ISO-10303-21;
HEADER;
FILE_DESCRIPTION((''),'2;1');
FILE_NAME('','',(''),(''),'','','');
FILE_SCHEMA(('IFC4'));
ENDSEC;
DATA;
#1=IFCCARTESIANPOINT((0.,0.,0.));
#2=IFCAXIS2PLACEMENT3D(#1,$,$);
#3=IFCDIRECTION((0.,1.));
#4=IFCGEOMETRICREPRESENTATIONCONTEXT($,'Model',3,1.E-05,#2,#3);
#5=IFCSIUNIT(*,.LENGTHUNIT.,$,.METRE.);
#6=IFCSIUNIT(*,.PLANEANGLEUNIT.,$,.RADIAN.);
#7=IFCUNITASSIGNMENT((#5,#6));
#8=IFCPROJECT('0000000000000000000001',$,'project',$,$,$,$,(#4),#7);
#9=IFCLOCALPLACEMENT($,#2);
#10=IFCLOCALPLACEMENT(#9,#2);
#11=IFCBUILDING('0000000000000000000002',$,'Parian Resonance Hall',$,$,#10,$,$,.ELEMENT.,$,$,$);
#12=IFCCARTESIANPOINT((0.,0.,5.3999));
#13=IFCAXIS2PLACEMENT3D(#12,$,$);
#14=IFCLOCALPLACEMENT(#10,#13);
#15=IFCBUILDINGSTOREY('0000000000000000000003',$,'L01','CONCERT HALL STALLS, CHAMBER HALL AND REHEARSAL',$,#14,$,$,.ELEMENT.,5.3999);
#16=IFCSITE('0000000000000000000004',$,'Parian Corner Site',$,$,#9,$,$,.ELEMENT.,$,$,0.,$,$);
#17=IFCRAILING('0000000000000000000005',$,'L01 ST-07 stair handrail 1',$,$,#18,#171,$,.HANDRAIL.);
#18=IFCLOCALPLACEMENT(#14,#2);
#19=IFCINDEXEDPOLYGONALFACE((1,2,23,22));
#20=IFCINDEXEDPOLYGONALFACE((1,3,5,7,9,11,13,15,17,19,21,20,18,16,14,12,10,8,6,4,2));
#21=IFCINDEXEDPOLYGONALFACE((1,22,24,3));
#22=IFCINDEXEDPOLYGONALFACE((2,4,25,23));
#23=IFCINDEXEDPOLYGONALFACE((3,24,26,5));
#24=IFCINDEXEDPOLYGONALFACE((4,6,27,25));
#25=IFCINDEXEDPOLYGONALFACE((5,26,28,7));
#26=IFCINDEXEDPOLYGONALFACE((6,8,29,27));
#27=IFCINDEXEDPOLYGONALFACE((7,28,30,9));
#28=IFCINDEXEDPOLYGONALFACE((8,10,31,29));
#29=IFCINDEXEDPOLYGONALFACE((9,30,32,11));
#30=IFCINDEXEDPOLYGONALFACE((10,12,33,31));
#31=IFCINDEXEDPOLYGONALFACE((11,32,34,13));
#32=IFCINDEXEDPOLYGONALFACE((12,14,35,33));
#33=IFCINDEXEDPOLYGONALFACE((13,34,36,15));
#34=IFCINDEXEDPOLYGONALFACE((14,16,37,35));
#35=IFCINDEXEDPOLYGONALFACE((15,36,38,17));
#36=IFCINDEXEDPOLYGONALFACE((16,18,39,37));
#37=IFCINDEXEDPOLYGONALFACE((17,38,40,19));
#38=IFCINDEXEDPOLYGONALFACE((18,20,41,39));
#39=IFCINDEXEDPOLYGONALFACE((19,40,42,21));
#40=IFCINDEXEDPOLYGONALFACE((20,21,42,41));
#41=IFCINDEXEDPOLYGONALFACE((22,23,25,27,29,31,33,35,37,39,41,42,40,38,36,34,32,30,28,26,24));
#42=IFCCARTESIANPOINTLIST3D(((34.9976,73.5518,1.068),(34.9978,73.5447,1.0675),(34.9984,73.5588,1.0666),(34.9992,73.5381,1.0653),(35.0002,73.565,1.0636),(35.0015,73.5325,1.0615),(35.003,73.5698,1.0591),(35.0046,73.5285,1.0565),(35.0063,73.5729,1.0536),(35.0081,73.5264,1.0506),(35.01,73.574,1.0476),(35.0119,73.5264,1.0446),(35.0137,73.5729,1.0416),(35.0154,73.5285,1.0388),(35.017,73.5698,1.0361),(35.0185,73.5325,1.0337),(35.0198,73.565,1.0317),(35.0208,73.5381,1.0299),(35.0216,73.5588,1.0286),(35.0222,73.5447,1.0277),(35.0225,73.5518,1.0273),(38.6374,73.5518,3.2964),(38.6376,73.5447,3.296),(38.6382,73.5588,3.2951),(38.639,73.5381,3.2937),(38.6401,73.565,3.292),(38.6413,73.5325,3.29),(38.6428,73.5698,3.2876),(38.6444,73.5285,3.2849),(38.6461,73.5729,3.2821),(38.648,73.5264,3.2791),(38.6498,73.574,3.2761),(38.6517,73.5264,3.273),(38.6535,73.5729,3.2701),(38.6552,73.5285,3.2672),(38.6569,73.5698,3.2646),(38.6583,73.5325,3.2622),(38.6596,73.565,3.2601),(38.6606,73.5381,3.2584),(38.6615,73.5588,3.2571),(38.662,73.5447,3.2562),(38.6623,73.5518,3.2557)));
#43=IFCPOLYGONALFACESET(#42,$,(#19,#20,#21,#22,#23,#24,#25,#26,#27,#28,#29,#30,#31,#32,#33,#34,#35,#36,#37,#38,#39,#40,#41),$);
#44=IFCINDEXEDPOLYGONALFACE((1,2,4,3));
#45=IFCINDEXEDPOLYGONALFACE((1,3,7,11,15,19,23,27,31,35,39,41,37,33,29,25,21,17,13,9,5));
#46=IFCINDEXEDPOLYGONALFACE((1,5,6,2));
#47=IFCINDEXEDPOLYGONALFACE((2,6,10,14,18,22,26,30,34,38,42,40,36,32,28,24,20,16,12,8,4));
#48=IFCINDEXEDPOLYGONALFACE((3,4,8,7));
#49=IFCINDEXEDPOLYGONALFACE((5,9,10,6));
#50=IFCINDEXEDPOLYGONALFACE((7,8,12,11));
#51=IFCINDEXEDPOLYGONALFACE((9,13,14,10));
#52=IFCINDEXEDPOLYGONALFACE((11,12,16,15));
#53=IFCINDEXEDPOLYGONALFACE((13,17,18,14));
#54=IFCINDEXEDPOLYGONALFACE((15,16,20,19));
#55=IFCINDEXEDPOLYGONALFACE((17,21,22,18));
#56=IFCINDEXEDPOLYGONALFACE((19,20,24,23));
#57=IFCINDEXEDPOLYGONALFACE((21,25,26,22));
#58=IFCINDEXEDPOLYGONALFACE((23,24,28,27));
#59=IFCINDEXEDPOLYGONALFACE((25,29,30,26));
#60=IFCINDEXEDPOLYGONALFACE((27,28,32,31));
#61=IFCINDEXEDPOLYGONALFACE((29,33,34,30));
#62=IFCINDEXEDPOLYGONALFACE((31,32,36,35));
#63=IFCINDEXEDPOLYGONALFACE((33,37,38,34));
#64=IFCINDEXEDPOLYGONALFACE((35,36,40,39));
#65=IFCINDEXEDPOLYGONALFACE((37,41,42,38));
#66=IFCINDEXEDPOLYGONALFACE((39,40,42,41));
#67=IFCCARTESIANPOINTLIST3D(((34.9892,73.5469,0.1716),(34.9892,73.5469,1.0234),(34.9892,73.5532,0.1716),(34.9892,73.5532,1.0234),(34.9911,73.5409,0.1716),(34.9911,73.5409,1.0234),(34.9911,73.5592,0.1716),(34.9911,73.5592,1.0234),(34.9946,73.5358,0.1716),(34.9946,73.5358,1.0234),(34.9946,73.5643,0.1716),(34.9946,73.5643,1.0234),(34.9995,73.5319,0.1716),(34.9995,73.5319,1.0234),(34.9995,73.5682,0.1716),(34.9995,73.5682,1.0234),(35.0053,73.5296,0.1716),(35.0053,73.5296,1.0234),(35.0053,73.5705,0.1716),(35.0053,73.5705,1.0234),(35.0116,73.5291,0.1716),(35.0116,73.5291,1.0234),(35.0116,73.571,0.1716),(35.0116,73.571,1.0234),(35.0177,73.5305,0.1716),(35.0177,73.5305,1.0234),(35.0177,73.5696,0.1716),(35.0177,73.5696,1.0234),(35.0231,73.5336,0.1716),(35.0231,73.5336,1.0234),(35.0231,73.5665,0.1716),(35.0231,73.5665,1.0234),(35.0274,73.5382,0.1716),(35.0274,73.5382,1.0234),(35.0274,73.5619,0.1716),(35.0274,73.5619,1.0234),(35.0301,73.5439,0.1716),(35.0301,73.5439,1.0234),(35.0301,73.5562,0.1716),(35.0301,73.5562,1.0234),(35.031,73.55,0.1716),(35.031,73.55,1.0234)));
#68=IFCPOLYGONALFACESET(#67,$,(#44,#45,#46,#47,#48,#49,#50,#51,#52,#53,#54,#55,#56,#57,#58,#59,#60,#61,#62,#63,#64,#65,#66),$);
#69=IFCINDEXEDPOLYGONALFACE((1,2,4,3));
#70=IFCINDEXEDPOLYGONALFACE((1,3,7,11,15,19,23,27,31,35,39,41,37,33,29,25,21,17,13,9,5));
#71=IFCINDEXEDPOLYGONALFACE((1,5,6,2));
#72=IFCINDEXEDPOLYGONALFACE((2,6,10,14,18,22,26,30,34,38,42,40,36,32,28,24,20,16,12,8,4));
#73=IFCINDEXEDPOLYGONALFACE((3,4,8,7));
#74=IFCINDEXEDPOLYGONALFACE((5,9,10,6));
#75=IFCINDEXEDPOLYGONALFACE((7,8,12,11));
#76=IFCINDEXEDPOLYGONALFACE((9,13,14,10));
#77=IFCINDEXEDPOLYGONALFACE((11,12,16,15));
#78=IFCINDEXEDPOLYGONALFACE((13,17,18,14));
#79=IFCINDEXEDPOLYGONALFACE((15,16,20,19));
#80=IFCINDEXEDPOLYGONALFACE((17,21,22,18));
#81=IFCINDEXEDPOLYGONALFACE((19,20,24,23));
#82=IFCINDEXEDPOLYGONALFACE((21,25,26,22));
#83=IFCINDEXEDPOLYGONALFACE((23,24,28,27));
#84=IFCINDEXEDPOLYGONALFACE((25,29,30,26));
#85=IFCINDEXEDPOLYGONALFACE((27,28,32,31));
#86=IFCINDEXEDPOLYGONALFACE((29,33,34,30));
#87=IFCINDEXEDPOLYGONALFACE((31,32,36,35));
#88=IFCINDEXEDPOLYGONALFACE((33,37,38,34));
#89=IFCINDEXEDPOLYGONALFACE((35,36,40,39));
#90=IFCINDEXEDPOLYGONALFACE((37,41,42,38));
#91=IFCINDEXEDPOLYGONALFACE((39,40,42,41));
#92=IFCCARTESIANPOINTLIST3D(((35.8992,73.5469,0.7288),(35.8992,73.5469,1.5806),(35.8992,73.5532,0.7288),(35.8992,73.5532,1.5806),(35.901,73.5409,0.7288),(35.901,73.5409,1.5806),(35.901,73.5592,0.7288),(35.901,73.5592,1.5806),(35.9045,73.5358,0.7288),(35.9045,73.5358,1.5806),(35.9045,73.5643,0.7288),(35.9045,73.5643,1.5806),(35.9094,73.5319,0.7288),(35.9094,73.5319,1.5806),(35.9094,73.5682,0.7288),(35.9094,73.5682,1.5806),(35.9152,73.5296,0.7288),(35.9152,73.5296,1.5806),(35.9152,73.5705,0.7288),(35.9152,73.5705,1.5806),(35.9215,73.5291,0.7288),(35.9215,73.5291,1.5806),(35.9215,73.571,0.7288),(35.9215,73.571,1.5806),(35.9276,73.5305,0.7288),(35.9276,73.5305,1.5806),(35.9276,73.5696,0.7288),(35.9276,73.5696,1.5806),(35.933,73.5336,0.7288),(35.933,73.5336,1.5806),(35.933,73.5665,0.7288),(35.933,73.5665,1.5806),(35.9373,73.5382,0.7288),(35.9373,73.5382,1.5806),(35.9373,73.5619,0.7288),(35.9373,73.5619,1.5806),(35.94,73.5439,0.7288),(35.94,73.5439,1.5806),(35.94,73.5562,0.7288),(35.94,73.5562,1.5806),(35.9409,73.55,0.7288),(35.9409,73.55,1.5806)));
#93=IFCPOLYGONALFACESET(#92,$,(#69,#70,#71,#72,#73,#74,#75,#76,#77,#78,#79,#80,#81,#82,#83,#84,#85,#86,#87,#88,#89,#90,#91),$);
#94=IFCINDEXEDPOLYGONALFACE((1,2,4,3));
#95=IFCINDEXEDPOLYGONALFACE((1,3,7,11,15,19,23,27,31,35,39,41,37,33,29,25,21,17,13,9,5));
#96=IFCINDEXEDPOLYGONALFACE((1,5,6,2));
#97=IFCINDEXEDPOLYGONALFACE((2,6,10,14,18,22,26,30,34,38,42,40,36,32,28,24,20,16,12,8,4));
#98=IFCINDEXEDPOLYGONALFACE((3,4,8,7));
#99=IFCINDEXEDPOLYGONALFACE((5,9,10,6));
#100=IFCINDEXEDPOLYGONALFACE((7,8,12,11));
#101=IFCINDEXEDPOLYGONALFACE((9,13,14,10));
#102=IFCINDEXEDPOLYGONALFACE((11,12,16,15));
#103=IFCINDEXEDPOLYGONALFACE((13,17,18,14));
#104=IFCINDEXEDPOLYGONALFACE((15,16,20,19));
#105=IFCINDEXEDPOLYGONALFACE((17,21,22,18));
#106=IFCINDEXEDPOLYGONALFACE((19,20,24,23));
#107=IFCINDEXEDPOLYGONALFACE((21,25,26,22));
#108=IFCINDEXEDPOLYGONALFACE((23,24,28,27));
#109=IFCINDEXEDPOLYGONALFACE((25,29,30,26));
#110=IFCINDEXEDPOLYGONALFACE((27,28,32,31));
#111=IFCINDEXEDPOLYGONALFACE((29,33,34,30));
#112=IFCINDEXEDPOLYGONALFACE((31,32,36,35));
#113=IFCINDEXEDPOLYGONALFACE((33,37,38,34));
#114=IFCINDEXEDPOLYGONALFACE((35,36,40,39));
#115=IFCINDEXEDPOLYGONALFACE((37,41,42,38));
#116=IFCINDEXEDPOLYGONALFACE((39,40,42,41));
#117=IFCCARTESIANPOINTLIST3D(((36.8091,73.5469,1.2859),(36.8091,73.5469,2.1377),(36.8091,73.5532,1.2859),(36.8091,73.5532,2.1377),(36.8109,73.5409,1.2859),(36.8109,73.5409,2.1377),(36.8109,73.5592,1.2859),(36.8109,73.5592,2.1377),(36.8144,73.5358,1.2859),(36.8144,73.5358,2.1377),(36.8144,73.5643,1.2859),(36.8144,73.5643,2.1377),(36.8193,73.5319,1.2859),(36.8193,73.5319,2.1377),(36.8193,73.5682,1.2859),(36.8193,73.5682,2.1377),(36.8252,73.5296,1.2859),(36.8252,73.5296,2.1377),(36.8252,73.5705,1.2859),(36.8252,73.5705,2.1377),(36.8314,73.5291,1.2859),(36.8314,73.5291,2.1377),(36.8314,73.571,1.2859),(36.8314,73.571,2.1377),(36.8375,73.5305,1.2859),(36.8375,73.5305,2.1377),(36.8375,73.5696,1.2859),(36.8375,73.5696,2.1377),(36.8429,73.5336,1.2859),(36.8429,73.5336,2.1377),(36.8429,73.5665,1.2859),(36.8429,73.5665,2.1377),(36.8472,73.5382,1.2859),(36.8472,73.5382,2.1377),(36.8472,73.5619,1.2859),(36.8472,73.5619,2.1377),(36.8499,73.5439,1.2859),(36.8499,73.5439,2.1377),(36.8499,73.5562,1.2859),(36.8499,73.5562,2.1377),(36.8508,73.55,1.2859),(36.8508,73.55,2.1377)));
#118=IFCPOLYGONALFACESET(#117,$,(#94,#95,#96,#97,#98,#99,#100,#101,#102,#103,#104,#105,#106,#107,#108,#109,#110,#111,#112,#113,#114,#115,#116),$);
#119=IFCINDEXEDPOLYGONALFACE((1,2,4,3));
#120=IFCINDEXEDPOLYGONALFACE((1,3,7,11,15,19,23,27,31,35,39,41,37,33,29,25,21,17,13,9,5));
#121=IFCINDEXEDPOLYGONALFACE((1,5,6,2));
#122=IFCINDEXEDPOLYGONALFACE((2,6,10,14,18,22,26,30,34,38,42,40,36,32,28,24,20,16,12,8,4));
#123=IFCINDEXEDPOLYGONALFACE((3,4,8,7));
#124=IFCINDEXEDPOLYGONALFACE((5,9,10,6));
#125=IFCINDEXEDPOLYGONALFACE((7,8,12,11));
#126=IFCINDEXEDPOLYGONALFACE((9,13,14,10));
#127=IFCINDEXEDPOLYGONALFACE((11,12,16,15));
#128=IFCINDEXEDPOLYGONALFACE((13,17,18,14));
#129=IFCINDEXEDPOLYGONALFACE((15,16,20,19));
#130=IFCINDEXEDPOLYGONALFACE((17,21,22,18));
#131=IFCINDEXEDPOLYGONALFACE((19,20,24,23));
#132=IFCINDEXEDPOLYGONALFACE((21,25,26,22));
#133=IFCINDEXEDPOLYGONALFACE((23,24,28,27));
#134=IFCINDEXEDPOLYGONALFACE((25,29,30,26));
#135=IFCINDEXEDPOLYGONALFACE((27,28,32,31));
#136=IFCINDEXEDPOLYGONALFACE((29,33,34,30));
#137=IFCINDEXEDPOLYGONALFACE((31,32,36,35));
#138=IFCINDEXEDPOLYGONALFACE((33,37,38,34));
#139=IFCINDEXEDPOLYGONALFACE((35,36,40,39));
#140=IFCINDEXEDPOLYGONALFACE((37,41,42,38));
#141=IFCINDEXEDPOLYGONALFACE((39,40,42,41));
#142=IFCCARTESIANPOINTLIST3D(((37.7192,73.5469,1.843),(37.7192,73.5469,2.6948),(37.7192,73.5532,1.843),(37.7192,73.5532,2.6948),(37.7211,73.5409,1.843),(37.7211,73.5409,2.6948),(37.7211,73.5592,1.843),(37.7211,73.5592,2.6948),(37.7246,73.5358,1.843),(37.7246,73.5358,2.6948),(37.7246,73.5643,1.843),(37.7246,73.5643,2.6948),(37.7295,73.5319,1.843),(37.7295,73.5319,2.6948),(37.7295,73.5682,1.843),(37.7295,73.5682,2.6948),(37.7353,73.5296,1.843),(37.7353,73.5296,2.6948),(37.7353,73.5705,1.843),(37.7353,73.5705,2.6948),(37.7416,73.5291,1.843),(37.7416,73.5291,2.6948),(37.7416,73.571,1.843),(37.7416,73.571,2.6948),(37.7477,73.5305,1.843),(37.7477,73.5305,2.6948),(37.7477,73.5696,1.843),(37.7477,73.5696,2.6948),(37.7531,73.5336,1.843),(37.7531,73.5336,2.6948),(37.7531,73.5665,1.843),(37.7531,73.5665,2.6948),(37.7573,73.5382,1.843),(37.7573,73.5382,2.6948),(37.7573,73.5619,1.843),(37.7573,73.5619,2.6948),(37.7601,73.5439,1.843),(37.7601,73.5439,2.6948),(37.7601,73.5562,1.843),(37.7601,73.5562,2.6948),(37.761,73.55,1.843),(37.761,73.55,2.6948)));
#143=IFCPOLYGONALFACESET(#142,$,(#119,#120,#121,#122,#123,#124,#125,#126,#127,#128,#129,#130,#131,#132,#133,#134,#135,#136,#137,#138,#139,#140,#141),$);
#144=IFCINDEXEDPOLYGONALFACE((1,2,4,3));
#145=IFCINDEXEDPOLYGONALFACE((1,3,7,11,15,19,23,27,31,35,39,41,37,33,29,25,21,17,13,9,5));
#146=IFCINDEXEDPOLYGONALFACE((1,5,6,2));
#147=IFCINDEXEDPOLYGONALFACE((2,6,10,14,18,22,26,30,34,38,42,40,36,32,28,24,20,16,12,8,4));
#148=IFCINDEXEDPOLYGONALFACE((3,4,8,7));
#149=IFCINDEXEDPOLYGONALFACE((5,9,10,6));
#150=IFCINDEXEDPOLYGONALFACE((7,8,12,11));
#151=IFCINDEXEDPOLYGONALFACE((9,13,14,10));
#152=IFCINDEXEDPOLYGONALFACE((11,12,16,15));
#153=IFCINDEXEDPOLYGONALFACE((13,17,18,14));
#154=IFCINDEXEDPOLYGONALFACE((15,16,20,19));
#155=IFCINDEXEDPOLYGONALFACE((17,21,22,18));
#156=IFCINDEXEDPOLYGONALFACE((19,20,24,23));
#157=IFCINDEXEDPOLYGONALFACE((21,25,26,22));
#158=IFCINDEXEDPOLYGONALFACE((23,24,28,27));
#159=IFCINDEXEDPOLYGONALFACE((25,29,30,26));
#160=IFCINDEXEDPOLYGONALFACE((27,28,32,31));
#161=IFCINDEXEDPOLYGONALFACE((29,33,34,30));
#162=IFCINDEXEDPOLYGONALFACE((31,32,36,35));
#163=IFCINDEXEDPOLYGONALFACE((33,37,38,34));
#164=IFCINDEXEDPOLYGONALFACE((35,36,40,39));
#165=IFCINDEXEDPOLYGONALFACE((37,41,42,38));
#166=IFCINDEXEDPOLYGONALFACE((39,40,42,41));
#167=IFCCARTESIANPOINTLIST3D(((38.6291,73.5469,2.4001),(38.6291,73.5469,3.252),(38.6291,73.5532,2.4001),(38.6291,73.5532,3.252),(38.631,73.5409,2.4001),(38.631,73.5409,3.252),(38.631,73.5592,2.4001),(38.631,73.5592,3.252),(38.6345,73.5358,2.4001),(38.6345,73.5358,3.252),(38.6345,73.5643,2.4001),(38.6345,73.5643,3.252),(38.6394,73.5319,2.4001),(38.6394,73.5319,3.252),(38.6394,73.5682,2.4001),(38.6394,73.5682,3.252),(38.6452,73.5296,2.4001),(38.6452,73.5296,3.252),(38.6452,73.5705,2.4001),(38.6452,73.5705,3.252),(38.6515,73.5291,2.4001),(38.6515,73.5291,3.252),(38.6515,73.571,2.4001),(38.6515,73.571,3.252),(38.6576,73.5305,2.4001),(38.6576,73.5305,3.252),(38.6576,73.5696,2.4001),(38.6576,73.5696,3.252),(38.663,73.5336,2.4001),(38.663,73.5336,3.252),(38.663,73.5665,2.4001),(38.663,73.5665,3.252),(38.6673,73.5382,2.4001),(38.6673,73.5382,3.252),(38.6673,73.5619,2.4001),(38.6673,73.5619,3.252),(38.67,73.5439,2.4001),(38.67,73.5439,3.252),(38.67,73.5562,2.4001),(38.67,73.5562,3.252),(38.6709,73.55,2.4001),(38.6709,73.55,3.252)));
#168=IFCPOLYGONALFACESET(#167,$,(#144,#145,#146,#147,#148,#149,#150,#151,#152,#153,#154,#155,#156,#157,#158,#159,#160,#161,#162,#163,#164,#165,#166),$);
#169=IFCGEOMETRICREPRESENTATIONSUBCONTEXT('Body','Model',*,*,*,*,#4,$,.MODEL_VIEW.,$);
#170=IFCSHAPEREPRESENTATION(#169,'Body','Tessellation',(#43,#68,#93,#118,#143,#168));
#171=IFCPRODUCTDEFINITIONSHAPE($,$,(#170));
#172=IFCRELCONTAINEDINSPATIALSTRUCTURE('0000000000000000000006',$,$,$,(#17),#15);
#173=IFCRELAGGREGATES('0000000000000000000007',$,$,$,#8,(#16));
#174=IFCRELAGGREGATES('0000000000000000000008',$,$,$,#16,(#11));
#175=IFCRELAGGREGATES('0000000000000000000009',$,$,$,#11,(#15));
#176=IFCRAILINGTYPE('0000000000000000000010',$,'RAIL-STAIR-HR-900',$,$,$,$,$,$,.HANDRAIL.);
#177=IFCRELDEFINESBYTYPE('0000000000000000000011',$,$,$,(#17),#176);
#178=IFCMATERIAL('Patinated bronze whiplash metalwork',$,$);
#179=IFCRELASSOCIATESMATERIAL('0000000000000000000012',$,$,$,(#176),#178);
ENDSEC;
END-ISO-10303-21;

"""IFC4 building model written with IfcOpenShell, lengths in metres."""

from ifc_helpers import new_model, si_unit, direction, frame, origin, origin_2d, place, context, subcontext, project, spatial, circle, extrude, material, type_object, element, save


model = new_model("IFC4")

# Units and contexts
model_context = context("Model", 3, precision=1e-05, world=origin(), true_north=direction((0.0, 1.0)))
body_context = subcontext(model_context, "Body", "Model", "MODEL_VIEW")
ifc_project = project(units=[si_unit("LENGTHUNIT", "METRE"), si_unit("PLANEANGLEUNIT", "RADIAN")], contexts=[model_context])

# Site, building, storey
site_placement = place(None, origin())
site = spatial("IfcSite", under=ifc_project, at=site_placement, Name="Parian Corner Site", CompositionType="ELEMENT", RefElevation=0.0)
building_placement = place(site_placement, origin())
building = spatial("IfcBuilding", under=site, at=building_placement, Name="Parian Resonance Hall", CompositionType="ELEMENT")
storey_placement = place(building_placement, frame((0.0, 0.0, 5.3999)))
storey = spatial("IfcBuildingStorey", under=building, at=storey_placement, Name="L01", Description="CONCERT HALL STALLS, CHAMBER HALL AND REHEARSAL", CompositionType="ELEMENT", Elevation=5.3999)

# Railing
ifc_material_1 = material(Name="Patinated bronze whiplash metalwork")
railing_type_1 = type_object("IfcRailingType", Name="RAIL-STAIR-HR-900", PredefinedType="HANDRAIL", material=ifc_material_1)
railing_1_placement = place(storey_placement, frame((35.01, 73.55, 0.1716)))
element("IfcRailing", 1, at=railing_1_placement, inside=storey, type_object=railing_type_1, Name="L01 ST-07 stair handrail 1", PredefinedType="HANDRAIL", context=body_context, shape_type="SweptSolid", body=[
    extrude(circle(Radius=0.0239, at=origin_2d()), frame((0.0, 0.0, 0.876), z_axis=(0.85285, 0.0, 0.522156), x_axis=(0.0, 1.0, 0.0)), (0.0, 0.0, 1.0), 4.2678),
    extrude(circle(Radius=0.021, at=origin_2d()), origin(), (0.0, 0.0, 1.0), 0.8518),
    extrude(circle(Radius=0.021, at=origin_2d()), frame((0.9099, 0.0, 0.5571)), (0.0, 0.0, 1.0), 0.8518),
    extrude(circle(Radius=0.021, at=origin_2d()), frame((1.8198, 0.0, 1.1143)), (0.0, 0.0, 1.0), 0.8518),
    extrude(circle(Radius=0.021, at=origin_2d()), frame((2.73, 0.0, 1.6714)), (0.0, 0.0, 1.0), 0.8518),
    extrude(circle(Radius=0.021, at=origin_2d()), frame((3.6399, 0.0, 2.2285)), (0.0, 0.0, 1.0), 0.8518),
])

save(model, "model.ifc")
